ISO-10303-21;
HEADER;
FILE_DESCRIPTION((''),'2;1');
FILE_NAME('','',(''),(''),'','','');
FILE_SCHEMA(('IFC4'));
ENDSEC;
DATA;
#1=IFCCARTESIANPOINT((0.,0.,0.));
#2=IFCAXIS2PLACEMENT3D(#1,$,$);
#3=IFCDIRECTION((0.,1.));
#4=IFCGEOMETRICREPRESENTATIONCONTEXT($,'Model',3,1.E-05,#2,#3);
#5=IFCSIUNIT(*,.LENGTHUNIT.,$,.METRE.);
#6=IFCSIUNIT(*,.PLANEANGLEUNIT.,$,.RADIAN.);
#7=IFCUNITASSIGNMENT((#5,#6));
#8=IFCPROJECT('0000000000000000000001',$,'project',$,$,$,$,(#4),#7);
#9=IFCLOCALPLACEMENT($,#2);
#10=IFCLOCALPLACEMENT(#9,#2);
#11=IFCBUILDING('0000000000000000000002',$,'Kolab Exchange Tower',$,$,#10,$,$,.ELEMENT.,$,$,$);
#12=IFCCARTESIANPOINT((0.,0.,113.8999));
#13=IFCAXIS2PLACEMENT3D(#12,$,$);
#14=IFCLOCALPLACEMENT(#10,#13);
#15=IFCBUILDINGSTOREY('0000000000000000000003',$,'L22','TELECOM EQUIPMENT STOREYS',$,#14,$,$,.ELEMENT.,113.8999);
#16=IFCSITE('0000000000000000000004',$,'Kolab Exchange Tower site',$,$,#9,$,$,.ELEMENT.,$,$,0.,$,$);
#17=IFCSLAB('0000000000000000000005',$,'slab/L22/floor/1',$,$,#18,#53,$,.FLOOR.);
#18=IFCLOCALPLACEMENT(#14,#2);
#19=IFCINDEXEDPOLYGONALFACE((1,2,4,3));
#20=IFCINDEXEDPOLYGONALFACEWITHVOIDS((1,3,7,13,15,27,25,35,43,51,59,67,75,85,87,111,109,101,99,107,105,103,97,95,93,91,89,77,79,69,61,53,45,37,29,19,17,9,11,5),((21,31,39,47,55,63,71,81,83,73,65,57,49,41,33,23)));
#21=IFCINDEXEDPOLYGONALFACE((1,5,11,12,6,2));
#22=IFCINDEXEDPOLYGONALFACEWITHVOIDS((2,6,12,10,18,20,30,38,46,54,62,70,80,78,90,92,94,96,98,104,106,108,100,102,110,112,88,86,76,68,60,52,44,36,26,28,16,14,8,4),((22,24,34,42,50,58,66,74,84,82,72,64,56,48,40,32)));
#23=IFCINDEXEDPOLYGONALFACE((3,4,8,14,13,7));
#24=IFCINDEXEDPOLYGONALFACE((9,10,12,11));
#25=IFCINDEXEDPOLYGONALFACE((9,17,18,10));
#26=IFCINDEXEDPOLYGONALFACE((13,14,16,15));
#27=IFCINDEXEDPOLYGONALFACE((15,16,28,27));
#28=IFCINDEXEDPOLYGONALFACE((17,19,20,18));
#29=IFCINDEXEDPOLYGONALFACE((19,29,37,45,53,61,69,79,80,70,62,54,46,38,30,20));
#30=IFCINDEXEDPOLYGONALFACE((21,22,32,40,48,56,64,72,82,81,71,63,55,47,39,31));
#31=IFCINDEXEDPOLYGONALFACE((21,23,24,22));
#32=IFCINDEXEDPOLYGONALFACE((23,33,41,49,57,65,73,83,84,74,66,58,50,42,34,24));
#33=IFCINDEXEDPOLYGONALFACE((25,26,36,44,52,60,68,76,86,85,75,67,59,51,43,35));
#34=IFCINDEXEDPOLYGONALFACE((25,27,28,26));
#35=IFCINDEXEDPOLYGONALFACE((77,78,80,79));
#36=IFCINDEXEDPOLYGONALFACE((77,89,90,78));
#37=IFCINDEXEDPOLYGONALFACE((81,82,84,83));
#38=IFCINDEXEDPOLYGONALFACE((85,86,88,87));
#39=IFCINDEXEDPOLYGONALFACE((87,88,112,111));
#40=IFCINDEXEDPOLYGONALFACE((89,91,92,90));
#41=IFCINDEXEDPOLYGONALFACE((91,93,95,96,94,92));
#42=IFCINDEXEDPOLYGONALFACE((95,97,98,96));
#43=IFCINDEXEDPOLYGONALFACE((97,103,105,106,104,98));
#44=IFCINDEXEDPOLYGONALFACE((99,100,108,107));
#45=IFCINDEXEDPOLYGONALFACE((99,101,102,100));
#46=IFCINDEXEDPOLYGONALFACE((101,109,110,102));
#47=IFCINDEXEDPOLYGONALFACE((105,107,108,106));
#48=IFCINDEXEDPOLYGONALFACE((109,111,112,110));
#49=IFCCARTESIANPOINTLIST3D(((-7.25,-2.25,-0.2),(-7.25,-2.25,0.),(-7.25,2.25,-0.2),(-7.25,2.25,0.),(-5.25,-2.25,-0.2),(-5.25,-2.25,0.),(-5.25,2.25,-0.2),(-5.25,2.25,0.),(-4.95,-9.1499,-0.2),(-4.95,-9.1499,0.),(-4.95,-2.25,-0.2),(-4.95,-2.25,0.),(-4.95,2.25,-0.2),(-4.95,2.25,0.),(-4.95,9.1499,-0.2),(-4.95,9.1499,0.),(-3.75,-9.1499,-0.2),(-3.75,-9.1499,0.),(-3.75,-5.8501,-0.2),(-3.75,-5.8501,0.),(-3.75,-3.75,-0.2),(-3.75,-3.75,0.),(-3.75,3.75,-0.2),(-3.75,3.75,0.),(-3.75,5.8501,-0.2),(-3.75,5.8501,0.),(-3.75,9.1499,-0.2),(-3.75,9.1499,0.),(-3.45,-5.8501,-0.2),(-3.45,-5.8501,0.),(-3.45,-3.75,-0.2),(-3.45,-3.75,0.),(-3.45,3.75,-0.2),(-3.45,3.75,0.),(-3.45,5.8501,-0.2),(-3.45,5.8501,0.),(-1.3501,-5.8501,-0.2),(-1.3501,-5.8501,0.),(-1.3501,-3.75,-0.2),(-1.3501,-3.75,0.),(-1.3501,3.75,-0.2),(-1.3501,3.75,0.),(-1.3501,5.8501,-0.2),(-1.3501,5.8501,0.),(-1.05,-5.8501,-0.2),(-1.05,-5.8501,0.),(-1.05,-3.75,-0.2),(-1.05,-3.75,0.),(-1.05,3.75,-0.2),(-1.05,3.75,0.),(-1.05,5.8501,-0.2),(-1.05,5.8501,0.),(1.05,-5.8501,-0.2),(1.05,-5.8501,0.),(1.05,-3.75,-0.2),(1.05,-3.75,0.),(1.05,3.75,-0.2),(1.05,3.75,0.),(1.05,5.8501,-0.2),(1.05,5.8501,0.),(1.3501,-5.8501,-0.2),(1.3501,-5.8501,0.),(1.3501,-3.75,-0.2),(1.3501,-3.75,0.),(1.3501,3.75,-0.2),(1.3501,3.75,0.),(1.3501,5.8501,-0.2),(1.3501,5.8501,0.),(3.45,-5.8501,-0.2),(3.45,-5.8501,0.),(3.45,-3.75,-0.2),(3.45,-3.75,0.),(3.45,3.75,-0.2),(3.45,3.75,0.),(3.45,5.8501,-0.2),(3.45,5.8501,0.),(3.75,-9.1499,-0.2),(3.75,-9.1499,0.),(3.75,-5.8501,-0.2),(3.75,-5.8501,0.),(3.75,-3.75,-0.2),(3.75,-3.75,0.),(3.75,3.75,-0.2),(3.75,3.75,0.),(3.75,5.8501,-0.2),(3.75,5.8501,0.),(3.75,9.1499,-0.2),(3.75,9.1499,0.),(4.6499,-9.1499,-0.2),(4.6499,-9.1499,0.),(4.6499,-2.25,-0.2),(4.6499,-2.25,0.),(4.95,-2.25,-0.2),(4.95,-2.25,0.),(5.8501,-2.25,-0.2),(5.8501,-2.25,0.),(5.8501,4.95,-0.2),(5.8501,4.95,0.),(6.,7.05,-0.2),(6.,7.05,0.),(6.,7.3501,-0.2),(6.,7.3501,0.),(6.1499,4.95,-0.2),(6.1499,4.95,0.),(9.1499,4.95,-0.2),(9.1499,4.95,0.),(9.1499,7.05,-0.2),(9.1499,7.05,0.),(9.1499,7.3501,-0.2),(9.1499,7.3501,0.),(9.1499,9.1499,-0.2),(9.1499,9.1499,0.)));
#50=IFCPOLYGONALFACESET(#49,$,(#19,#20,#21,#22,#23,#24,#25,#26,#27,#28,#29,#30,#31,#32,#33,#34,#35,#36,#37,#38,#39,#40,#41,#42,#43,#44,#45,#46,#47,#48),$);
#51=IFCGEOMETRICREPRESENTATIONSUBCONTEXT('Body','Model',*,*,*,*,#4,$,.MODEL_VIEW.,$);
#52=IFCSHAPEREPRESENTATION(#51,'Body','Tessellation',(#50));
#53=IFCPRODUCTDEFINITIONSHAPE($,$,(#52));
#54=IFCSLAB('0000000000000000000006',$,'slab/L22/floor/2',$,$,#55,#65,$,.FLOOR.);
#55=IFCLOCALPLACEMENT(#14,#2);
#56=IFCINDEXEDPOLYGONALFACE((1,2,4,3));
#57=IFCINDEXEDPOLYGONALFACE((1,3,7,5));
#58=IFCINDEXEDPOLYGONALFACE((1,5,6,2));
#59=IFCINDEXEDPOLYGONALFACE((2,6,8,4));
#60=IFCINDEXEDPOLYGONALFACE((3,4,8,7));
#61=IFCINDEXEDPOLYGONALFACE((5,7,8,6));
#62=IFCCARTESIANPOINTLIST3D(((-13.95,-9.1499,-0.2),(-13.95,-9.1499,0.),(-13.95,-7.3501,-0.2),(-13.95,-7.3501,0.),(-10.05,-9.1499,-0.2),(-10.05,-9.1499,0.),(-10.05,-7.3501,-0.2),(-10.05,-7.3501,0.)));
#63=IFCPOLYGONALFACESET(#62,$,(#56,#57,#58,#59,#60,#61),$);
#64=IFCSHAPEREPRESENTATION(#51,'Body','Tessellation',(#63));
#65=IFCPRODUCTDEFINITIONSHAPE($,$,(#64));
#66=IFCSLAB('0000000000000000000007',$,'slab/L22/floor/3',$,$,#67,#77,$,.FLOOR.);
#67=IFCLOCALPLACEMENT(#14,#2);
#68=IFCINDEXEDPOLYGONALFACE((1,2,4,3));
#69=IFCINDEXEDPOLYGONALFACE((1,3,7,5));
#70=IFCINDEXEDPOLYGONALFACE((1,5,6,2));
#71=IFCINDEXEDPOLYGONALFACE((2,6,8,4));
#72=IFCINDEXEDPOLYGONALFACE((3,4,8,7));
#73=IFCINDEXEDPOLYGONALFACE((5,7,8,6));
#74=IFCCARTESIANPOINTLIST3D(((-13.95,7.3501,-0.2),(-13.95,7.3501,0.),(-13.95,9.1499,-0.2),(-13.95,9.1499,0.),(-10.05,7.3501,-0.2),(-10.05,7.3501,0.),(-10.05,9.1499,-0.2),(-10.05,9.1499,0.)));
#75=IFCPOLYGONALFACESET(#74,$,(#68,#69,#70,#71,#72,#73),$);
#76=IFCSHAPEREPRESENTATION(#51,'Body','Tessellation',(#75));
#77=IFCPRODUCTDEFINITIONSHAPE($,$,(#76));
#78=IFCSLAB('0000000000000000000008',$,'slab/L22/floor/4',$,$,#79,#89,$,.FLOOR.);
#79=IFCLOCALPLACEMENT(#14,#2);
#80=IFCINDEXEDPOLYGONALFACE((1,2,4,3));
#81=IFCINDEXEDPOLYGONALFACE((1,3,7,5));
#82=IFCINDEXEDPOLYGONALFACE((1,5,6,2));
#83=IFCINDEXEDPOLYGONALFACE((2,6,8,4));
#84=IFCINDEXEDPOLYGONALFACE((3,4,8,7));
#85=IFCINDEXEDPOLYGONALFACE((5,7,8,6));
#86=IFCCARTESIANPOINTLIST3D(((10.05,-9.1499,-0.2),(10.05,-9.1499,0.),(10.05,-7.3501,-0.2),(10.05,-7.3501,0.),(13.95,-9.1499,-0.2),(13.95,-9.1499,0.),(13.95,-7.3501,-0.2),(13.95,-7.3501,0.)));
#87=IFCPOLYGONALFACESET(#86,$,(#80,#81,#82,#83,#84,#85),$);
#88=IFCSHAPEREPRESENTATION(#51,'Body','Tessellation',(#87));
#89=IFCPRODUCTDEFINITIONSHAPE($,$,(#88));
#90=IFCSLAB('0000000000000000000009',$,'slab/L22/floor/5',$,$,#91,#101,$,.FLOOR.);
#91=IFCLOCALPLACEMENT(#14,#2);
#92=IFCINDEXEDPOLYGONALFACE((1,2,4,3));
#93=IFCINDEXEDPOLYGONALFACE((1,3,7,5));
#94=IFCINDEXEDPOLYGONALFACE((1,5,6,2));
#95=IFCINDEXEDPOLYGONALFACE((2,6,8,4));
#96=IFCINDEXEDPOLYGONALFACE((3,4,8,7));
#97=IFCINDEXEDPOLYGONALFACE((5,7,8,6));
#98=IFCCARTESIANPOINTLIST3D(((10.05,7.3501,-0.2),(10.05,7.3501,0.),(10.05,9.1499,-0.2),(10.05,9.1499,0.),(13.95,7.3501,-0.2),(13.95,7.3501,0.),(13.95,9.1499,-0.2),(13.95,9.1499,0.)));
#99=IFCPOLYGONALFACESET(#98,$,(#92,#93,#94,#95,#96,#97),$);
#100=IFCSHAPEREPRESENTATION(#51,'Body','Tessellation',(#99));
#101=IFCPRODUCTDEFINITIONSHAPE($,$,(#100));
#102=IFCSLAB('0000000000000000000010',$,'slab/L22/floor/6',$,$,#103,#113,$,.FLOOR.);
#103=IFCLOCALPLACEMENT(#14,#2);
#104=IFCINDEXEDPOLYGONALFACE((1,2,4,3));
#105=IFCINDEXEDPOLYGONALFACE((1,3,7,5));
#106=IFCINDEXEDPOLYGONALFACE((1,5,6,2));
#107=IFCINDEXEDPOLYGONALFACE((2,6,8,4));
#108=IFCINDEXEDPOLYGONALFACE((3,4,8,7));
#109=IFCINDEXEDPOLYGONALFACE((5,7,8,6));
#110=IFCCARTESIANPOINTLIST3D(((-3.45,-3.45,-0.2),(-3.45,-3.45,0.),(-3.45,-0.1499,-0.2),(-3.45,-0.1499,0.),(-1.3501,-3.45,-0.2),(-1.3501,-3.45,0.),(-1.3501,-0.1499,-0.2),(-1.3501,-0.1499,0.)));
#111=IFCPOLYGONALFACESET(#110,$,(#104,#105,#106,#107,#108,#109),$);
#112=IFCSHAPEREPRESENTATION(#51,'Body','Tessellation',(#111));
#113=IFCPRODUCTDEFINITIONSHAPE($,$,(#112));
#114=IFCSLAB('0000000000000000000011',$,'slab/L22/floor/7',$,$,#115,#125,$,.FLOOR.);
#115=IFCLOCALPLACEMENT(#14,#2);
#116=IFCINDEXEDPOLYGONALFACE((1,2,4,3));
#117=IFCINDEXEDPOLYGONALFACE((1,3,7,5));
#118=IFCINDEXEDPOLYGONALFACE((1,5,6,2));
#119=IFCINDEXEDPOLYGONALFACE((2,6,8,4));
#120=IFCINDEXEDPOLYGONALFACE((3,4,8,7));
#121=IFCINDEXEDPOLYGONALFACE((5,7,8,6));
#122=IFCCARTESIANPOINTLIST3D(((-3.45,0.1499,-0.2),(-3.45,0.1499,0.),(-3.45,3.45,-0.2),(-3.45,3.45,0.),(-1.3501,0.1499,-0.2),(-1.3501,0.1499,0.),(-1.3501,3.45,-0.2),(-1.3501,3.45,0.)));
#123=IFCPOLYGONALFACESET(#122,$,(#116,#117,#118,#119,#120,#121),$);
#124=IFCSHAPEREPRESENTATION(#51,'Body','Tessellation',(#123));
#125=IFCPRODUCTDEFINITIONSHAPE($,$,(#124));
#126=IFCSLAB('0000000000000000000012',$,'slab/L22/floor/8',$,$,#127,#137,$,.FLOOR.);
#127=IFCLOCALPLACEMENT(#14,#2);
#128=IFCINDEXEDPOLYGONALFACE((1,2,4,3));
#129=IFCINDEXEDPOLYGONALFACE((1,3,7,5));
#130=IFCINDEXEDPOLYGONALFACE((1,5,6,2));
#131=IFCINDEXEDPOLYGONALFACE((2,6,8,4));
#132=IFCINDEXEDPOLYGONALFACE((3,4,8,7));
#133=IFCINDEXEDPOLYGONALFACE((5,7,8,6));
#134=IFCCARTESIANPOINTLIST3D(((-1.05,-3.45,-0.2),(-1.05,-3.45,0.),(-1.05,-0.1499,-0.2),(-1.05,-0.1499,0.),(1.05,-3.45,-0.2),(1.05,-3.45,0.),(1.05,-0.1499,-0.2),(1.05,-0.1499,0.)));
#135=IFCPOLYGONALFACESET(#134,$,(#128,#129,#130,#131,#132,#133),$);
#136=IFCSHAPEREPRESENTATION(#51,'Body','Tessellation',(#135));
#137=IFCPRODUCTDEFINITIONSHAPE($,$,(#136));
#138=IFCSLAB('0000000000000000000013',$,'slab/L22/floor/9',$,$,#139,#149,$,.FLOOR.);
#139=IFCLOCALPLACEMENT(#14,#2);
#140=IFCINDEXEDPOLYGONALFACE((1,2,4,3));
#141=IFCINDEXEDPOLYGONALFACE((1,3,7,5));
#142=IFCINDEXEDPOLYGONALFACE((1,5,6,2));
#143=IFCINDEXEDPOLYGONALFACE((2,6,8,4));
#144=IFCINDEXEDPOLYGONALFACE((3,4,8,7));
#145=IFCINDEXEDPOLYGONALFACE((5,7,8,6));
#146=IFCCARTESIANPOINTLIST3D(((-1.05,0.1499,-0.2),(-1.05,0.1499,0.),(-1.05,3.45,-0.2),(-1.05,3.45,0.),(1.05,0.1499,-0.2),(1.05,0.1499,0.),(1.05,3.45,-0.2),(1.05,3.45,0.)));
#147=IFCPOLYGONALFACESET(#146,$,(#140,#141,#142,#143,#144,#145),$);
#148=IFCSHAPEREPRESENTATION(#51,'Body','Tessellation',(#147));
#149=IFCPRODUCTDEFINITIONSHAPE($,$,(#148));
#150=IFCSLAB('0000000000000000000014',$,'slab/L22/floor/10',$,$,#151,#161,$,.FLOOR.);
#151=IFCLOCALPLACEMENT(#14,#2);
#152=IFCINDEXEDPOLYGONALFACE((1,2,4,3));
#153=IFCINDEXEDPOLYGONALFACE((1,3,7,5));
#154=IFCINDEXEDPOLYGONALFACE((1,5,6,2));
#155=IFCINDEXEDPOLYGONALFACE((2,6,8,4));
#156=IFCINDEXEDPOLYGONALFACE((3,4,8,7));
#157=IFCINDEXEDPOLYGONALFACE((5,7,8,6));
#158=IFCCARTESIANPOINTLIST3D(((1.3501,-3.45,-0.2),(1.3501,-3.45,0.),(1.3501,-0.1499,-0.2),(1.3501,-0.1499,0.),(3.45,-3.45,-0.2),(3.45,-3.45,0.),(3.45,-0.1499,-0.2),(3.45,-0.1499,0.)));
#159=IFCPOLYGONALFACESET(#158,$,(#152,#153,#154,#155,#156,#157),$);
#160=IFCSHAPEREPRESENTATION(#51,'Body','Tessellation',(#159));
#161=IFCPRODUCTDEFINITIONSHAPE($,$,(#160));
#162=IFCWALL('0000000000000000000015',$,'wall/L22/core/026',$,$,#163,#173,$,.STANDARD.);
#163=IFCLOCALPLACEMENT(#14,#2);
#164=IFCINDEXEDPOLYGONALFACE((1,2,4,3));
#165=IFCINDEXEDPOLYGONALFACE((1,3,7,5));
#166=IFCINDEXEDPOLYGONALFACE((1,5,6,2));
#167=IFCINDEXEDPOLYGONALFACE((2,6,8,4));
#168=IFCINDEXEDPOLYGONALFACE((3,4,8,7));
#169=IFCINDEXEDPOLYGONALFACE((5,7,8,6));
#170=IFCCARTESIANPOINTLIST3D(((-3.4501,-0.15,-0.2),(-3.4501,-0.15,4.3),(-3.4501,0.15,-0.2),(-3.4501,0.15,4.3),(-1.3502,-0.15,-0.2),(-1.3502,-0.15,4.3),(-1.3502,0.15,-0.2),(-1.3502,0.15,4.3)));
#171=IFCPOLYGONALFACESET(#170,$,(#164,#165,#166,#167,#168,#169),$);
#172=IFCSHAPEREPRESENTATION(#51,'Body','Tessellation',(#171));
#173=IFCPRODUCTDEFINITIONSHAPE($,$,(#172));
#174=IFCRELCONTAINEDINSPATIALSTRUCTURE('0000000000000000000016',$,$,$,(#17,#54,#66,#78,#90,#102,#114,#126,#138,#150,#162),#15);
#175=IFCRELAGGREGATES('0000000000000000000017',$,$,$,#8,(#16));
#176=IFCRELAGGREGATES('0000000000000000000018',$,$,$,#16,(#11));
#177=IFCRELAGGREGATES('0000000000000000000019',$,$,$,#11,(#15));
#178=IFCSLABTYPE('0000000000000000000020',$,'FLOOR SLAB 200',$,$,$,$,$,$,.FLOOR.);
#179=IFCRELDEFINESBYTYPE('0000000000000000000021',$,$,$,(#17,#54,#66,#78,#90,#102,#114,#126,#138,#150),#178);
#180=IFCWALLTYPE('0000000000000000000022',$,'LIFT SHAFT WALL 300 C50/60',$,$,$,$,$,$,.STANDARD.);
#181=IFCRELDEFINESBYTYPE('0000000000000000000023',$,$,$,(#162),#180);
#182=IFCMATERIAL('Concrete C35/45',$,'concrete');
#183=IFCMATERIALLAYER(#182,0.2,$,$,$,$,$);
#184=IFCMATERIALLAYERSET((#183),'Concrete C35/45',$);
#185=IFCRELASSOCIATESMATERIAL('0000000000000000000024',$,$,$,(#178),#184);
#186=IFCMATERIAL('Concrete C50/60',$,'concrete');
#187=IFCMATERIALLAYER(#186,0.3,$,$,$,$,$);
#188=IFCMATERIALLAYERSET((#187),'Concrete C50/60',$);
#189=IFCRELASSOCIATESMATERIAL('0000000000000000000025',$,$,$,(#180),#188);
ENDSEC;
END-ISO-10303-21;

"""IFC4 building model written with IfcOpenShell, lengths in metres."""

from ifc_helpers import new_model, si_unit, direction, frame, frame_2d, origin, place, context, subcontext, project, spatial, polyline, rectangle, outline, extrude, material, layer, layer_set, type_object, element, save


model = new_model("IFC4")

# Units and contexts
model_context = context("Model", 3, precision=1e-05, world=origin(), true_north=direction((0.0, 1.0)))
body_context = subcontext(model_context, "Body", "Model", "MODEL_VIEW")
ifc_project = project(units=[si_unit("LENGTHUNIT", "METRE"), si_unit("PLANEANGLEUNIT", "RADIAN")], contexts=[model_context])

# Site, building, storey
site_placement = place(None, origin())
site = spatial("IfcSite", under=ifc_project, at=site_placement, Name="Kolab Exchange Tower site", CompositionType="ELEMENT", RefElevation=0.0)
building_placement = place(site_placement, origin())
building = spatial("IfcBuilding", under=site, at=building_placement, Name="Kolab Exchange Tower", CompositionType="ELEMENT")
storey_placement = place(building_placement, frame((0.0, 0.0, 113.8999)))
storey = spatial("IfcBuildingStorey", under=building, at=storey_placement, Name="L22", Description="TELECOM EQUIPMENT STOREYS", CompositionType="ELEMENT", Elevation=113.8999)

# Slabs
ifc_material_1 = material(Name="Concrete C35/45", Category="concrete")
ifc_layer_1 = layer(ifc_material_1, 0.2)
ifc_layer_set_1 = layer_set([ifc_layer_1], Name="Concrete C35/45")
slab_type = type_object("IfcSlabType", Name="FLOOR SLAB 200", PredefinedType="FLOOR", material=ifc_layer_set_1)
slab_1_placement = place(storey_placement, frame((0.0, 0.0, -0.2)))
element("IfcSlab", 1, at=slab_1_placement, inside=storey, type_object=slab_type, Name="slab/L22/floor/1", PredefinedType="FLOOR", context=body_context, shape_type="SweptSolid", body=[
    extrude(outline(polyline([(-4.95, 9.1499), (-4.95, 2.25), (-5.25, 2.25), (-7.25, 2.25), (-7.25, -2.25), (-5.25, -2.25), (-4.95, -2.25), (-4.95, -9.1499), (-3.75, -9.1499), (-3.75, -5.8501), (-3.45, -5.8501), (-1.3501, -5.8501), (-1.05, -5.8501), (1.05, -5.8501), (1.3501, -5.8501), (3.45, -5.8501), (3.75, -5.8501), (3.75, -9.1499), (4.6499, -9.1499), (4.6499, -2.25), (4.95, -2.25), (5.8501, -2.25), (5.8501, 4.95), (6.1499, 4.95), (9.1499, 4.95), (9.1499, 7.05), (6.0, 7.05), (6.0, 7.3501), (9.1499, 7.3501), (9.1499, 9.1499), (3.75, 9.1499), (3.75, 5.8501), (3.45, 5.8501), (1.3501, 5.8501), (1.05, 5.8501), (-1.05, 5.8501), (-1.3501, 5.8501), (-3.45, 5.8501), (-3.75, 5.8501), (-3.75, 9.1499), (-4.95, 9.1499)]), holes=[polyline([(-3.75, -3.75), (-3.75, 3.75), (-3.45, 3.75), (-1.3501, 3.75), (-1.05, 3.75), (1.05, 3.75), (1.3501, 3.75), (3.45, 3.75), (3.75, 3.75), (3.75, -3.75), (3.45, -3.75), (1.3501, -3.75), (1.05, -3.75), (-1.05, -3.75), (-1.3501, -3.75), (-3.45, -3.75), (-3.75, -3.75)])]), origin(), (0.0, 0.0, 1.0), 0.2),
])
slab_2_placement = place(storey_placement, frame((0.0, 0.0, -0.2)))
element("IfcSlab", 2, at=slab_2_placement, inside=storey, type_object=slab_type, Name="slab/L22/floor/2", PredefinedType="FLOOR", context=body_context, shape_type="SweptSolid", body=[
    extrude(outline(polyline([(-10.05, -9.1499), (-10.05, -7.3501), (-13.95, -7.3501), (-13.95, -9.1499), (-10.05, -9.1499)])), origin(), (0.0, 0.0, 1.0), 0.2),
])
slab_3_placement = place(storey_placement, frame((0.0, 0.0, -0.2)))
element("IfcSlab", 3, at=slab_3_placement, inside=storey, type_object=slab_type, Name="slab/L22/floor/3", PredefinedType="FLOOR", context=body_context, shape_type="SweptSolid", body=[
    extrude(outline(polyline([(-10.05, 9.1499), (-13.95, 9.1499), (-13.95, 7.3501), (-10.05, 7.3501), (-10.05, 9.1499)])), origin(), (0.0, 0.0, 1.0), 0.2),
])
slab_4_placement = place(storey_placement, frame((0.0, 0.0, -0.2)))
element("IfcSlab", 4, at=slab_4_placement, inside=storey, type_object=slab_type, Name="slab/L22/floor/4", PredefinedType="FLOOR", context=body_context, shape_type="SweptSolid", body=[
    extrude(outline(polyline([(10.05, -9.1499), (13.95, -9.1499), (13.95, -7.3501), (10.05, -7.3501), (10.05, -9.1499)])), origin(), (0.0, 0.0, 1.0), 0.2),
])
slab_5_placement = place(storey_placement, frame((0.0, 0.0, -0.2)))
element("IfcSlab", 5, at=slab_5_placement, inside=storey, type_object=slab_type, Name="slab/L22/floor/5", PredefinedType="FLOOR", context=body_context, shape_type="SweptSolid", body=[
    extrude(outline(polyline([(13.95, 9.1499), (10.05, 9.1499), (10.05, 7.3501), (13.95, 7.3501), (13.95, 9.1499)])), origin(), (0.0, 0.0, 1.0), 0.2),
])
slab_6_placement = place(storey_placement, frame((0.0, 0.0, -0.2)))
element("IfcSlab", 6, at=slab_6_placement, inside=storey, type_object=slab_type, Name="slab/L22/floor/6", PredefinedType="FLOOR", context=body_context, shape_type="SweptSolid", body=[
    extrude(outline(polyline([(-1.3501, -3.45), (-1.3501, -0.1499), (-3.45, -0.1499), (-3.45, -3.45), (-1.3501, -3.45)])), origin(), (0.0, 0.0, 1.0), 0.2),
])
slab_7_placement = place(storey_placement, frame((0.0, 0.0, -0.2)))
element("IfcSlab", 7, at=slab_7_placement, inside=storey, type_object=slab_type, Name="slab/L22/floor/7", PredefinedType="FLOOR", context=body_context, shape_type="SweptSolid", body=[
    extrude(outline(polyline([(-1.3501, 0.1499), (-1.3501, 3.45), (-3.45, 3.45), (-3.45, 0.1499), (-1.3501, 0.1499)])), origin(), (0.0, 0.0, 1.0), 0.2),
])
slab_8_placement = place(storey_placement, frame((0.0, 0.0, -0.2)))
element("IfcSlab", 8, at=slab_8_placement, inside=storey, type_object=slab_type, Name="slab/L22/floor/8", PredefinedType="FLOOR", context=body_context, shape_type="SweptSolid", body=[
    extrude(outline(polyline([(-1.05, -0.1499), (-1.05, -3.45), (1.05, -3.45), (1.05, -0.1499), (-1.05, -0.1499)])), origin(), (0.0, 0.0, 1.0), 0.2),
])
slab_9_placement = place(storey_placement, frame((0.0, 0.0, -0.2)))
element("IfcSlab", 9, at=slab_9_placement, inside=storey, type_object=slab_type, Name="slab/L22/floor/9", PredefinedType="FLOOR", context=body_context, shape_type="SweptSolid", body=[
    extrude(outline(polyline([(-1.05, 3.45), (-1.05, 0.1499), (1.05, 0.1499), (1.05, 3.45), (-1.05, 3.45)])), origin(), (0.0, 0.0, 1.0), 0.2),
])
slab_10_placement = place(storey_placement, frame((0.0, 0.0, -0.2)))
element("IfcSlab", 10, at=slab_10_placement, inside=storey, type_object=slab_type, Name="slab/L22/floor/10", PredefinedType="FLOOR", context=body_context, shape_type="SweptSolid", body=[
    extrude(outline(polyline([(1.3501, -3.45), (3.45, -3.45), (3.45, -0.1499), (1.3501, -0.1499), (1.3501, -3.45)])), origin(), (0.0, 0.0, 1.0), 0.2),
])

# Wall
ifc_material_2 = material(Name="Concrete C50/60", Category="concrete")
ifc_layer_2 = layer(ifc_material_2, 0.3)
ifc_layer_set_2 = layer_set([ifc_layer_2], Name="Concrete C50/60")
wall_type = type_object("IfcWallType", Name="LIFT SHAFT WALL 300 C50/60", PredefinedType="STANDARD", material=ifc_layer_set_2)
wall_1_placement = place(storey_placement, frame((-3.45, 0.0, -0.2), z_axis=(0.0, 0.0, 1.0), x_axis=(1.0, 0.0, 0.0)))
element("IfcWall", 11, at=wall_1_placement, inside=storey, type_object=wall_type, Name="wall/L22/core/026", PredefinedType="STANDARD", context=body_context, shape_type="SweptSolid", body=[
    extrude(rectangle(XDim=2.0999, YDim=0.3, at=frame_2d((1.0498, 0.0))), origin(), (0.0, 0.0, 1.0), 4.5),
])

save(model, "model.ifc")
